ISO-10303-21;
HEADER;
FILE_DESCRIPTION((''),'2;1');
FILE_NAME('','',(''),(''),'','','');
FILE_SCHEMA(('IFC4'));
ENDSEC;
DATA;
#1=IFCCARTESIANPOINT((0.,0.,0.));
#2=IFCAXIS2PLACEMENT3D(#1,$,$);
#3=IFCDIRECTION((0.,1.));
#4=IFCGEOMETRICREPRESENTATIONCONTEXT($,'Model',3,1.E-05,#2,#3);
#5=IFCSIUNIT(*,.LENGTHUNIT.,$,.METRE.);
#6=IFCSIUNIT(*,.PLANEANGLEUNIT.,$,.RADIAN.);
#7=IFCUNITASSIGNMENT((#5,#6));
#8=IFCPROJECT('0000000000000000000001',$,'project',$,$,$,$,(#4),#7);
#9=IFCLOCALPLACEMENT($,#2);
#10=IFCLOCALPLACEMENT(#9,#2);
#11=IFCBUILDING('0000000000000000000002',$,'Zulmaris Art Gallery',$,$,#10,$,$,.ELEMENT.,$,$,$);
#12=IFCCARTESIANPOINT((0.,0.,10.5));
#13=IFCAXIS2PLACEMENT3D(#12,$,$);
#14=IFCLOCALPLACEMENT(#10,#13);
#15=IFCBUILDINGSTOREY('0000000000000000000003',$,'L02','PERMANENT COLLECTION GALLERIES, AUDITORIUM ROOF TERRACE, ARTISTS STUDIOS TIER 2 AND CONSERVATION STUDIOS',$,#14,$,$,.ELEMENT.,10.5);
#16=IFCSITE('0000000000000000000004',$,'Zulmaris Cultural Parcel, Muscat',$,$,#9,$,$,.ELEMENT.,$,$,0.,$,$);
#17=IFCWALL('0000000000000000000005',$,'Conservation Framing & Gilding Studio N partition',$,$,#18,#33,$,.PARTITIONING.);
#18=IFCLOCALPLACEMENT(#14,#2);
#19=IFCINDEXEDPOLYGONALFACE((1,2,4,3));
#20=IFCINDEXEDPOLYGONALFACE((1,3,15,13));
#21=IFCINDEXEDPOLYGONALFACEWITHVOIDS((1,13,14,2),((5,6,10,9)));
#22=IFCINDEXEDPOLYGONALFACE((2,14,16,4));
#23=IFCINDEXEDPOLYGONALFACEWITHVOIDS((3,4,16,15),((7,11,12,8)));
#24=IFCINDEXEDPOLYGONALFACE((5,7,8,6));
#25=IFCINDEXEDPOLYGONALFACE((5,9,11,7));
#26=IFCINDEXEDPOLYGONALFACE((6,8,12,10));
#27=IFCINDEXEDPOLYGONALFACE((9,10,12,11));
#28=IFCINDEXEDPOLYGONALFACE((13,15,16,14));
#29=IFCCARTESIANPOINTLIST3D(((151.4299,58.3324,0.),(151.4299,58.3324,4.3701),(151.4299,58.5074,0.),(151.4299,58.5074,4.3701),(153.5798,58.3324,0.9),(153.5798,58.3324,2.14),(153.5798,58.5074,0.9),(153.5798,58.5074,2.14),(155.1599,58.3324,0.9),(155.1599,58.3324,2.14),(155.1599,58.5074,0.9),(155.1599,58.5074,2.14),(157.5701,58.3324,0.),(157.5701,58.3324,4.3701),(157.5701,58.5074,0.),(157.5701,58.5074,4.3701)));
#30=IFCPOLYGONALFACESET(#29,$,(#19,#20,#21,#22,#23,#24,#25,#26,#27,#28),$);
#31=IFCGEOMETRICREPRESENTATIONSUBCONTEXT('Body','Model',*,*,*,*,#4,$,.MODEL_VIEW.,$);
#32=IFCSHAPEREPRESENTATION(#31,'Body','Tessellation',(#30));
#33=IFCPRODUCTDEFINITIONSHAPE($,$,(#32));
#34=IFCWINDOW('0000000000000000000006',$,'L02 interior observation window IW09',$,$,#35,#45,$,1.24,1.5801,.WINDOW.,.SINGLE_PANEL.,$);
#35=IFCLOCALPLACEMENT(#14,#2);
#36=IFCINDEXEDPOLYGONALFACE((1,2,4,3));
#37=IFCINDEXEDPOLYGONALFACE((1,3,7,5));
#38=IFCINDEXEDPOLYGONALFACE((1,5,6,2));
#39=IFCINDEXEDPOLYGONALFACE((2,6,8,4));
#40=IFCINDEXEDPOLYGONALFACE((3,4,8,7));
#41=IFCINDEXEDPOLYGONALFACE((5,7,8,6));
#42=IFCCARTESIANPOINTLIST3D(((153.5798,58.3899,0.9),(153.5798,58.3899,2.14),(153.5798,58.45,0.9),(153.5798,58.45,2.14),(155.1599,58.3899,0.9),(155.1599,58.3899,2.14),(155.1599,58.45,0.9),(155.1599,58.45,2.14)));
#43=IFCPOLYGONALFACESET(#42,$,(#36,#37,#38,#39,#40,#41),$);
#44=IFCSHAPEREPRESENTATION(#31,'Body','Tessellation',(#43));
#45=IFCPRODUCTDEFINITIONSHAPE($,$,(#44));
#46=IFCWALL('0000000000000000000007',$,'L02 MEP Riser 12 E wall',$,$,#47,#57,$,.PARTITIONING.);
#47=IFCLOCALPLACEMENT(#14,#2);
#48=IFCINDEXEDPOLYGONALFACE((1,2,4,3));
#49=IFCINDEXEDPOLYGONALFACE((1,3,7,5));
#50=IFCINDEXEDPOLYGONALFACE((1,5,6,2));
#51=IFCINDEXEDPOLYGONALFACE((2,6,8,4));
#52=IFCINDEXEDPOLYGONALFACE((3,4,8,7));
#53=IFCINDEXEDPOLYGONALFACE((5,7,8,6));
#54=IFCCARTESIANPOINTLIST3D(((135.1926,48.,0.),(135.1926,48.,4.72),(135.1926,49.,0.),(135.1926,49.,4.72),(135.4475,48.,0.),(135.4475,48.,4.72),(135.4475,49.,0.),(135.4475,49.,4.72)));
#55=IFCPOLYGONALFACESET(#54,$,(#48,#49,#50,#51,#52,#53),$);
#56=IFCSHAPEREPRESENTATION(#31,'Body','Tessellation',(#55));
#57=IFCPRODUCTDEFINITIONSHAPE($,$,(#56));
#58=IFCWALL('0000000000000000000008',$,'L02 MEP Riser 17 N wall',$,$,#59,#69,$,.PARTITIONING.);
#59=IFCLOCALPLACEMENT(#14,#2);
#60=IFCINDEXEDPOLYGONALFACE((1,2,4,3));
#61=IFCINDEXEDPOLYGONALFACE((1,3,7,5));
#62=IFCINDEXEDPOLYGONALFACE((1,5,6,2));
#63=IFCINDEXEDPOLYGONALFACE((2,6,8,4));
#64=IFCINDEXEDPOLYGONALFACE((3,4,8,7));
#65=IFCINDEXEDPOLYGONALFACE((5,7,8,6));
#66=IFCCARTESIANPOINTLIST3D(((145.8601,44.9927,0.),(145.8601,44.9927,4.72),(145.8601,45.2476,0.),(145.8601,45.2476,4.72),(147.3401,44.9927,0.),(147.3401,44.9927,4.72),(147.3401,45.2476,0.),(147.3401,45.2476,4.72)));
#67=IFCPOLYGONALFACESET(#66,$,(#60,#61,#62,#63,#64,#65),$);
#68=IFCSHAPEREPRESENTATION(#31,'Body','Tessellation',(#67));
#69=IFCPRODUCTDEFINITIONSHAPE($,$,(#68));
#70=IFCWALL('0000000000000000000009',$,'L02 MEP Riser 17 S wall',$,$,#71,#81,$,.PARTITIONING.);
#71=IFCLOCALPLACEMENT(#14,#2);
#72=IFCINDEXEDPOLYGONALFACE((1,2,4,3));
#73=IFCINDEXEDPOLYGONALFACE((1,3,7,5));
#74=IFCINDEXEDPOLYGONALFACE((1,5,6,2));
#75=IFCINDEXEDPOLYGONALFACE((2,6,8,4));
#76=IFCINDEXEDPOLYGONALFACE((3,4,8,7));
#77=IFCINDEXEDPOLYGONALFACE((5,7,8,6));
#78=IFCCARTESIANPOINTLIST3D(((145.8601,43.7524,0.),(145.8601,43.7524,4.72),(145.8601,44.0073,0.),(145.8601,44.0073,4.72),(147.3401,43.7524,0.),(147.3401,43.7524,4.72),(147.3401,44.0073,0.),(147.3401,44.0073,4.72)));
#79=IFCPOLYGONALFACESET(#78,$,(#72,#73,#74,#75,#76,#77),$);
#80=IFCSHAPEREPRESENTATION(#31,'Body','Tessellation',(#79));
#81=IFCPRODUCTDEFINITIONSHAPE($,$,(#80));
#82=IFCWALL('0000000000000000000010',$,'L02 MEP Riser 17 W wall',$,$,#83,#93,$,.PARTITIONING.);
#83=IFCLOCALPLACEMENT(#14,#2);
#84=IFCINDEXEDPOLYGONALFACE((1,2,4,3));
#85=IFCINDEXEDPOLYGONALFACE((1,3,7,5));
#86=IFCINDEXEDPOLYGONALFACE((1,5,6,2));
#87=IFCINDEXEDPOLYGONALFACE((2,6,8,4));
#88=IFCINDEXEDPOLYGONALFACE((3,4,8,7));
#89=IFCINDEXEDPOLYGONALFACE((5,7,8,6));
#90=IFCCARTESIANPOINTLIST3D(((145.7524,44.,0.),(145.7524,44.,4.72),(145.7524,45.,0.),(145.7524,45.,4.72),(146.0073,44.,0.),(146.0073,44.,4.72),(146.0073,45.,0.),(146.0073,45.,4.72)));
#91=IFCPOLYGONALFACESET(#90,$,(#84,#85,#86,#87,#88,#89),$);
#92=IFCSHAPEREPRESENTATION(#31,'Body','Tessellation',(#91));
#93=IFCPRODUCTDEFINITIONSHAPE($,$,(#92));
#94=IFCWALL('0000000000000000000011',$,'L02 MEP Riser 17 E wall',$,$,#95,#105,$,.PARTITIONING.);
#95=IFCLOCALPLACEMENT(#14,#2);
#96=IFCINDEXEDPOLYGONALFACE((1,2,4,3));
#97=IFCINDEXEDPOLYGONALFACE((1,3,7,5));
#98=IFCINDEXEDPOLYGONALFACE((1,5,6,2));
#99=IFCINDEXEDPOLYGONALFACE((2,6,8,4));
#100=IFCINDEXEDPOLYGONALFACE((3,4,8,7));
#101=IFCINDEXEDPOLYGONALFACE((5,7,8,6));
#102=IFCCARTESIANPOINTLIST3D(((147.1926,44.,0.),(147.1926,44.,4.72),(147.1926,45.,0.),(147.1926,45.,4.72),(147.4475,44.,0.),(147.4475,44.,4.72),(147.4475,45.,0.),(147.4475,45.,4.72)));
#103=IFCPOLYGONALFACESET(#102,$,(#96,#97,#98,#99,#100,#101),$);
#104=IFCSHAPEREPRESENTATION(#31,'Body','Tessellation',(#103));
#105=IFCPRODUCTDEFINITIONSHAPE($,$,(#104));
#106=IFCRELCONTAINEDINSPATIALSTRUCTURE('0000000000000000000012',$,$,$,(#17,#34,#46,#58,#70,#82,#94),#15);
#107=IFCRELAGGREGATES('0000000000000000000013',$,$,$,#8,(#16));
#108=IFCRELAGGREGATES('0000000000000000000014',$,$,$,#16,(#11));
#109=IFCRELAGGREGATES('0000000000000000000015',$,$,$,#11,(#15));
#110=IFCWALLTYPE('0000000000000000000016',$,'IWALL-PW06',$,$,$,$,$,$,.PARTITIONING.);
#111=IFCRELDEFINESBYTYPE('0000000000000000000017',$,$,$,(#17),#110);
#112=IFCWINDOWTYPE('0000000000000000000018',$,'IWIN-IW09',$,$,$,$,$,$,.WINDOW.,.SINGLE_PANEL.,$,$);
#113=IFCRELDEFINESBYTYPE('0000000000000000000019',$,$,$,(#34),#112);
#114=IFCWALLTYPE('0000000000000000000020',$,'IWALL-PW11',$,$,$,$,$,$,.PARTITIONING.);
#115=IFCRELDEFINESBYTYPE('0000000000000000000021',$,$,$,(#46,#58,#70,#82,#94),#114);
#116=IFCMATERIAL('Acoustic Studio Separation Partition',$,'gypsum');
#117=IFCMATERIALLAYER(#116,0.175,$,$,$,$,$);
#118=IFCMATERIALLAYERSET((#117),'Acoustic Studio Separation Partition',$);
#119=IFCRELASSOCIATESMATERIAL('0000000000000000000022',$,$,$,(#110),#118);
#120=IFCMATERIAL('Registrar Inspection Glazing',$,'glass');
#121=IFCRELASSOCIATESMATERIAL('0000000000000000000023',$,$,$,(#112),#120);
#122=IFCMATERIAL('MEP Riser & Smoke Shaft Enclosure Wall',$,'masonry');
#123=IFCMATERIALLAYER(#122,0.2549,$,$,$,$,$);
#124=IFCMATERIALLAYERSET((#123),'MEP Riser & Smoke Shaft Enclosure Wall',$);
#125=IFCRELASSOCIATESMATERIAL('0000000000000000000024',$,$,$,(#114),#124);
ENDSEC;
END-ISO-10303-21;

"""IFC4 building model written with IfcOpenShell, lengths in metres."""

from ifc_helpers import new_model, si_unit, direction, frame, frame_2d, origin, place, context, subcontext, project, spatial, rectangle, extrude, material, layer, layer_set, type_object, element, fill, save


model = new_model("IFC4")

# Units and contexts
model_context = context("Model", 3, precision=1e-05, world=origin(), true_north=direction((0.0, 1.0)))
body_context = subcontext(model_context, "Body", "Model", "MODEL_VIEW")
ifc_project = project(units=[si_unit("LENGTHUNIT", "METRE"), si_unit("PLANEANGLEUNIT", "RADIAN")], contexts=[model_context])

# Site, building, storey
site_placement = place(None, origin())
site = spatial("IfcSite", under=ifc_project, at=site_placement, Name="Zulmaris Cultural Parcel, Muscat", CompositionType="ELEMENT", RefElevation=0.0)
building_placement = place(site_placement, origin())
building = spatial("IfcBuilding", under=site, at=building_placement, Name="Zulmaris Art Gallery", CompositionType="ELEMENT")
storey_placement = place(building_placement, frame((0.0, 0.0, 10.5)))
storey = spatial("IfcBuildingStorey", under=building, at=storey_placement, Name="L02", Description="PERMANENT COLLECTION GALLERIES, AUDITORIUM ROOF TERRACE, ARTISTS STUDIOS TIER 2 AND CONSERVATION STUDIOS", CompositionType="ELEMENT", Elevation=10.5)

# Wall, opening, window
ifc_material_1 = material(Name="Acoustic Studio Separation Partition", Category="gypsum")
ifc_layer_1 = layer(ifc_material_1, 0.175)
ifc_layer_set_1 = layer_set([ifc_layer_1], Name="Acoustic Studio Separation Partition")
wall_type_1 = type_object("IfcWallType", Name="IWALL-PW06", PredefinedType="PARTITIONING", material=ifc_layer_set_1)
wall_1_placement = place(storey_placement, frame((151.4299, 58.4199, 0.0), z_axis=(0.0, 0.0, 1.0), x_axis=(1.0, 0.0, 0.0)))
wall_1 = element("IfcWall", 1, at=wall_1_placement, inside=storey, type_object=wall_type_1, Name="Conservation Framing & Gilding Studio N partition", PredefinedType="PARTITIONING", context=body_context, shape_type="SweptSolid", body=[
    extrude(rectangle(XDim=6.1401, YDim=0.175, at=frame_2d((3.0701, 0.0))), origin(), (0.0, 0.0, 1.0), 4.3701),
])
opening_placement = place(wall_1_placement, frame((2.1499, 0.0, 0.8999)))
opening = element("IfcOpeningElement", 2, at=opening_placement, cuts=wall_1, PredefinedType="OPENING", context=body_context, shape_type="SweptSolid", body=[
    extrude(rectangle(XDim=1.5801, YDim=1.24, at=frame_2d((0.79, 0.6201))), frame((0.0, 0.0974, 0.0), z_axis=(0.0, -1.0, 0.0), x_axis=(1.0, 0.0, 0.0)), (0.0, 0.0, 1.0), 0.1951),
])
ifc_material_2 = material(Name="Registrar Inspection Glazing", Category="glass")
window_type = type_object("IfcWindowType", Name="IWIN-IW09", PartitioningType="SINGLE_PANEL", PredefinedType="WINDOW", material=ifc_material_2)
window_placement = place(opening_placement, origin())
window = element("IfcWindow", 3, at=window_placement, inside=storey, type_object=window_type, Name="L02 interior observation window IW09", OverallHeight=1.24, OverallWidth=1.5801, PartitioningType="SINGLE_PANEL", PredefinedType="WINDOW", context=body_context, shape_type="SweptSolid", body=[
    extrude(rectangle(XDim=1.5801, YDim=1.24, at=frame_2d((0.79, 0.6201))), frame((0.0, 0.03, 0.0), z_axis=(0.0, -1.0, 0.0), x_axis=(1.0, 0.0, 0.0)), (0.0, 0.0, 1.0), 0.0601),
])
fill(opening, window)

# Walls
ifc_material_3 = material(Name="MEP Riser & Smoke Shaft Enclosure Wall", Category="masonry")
ifc_layer_2 = layer(ifc_material_3, 0.2549)
ifc_layer_set_2 = layer_set([ifc_layer_2], Name="MEP Riser & Smoke Shaft Enclosure Wall")
wall_type_2 = type_object("IfcWallType", Name="IWALL-PW11", PredefinedType="PARTITIONING", material=ifc_layer_set_2)
wall_2_placement = place(storey_placement, frame((135.3201, 48.0, 0.0), z_axis=(0.0, 0.0, 1.0), x_axis=(0.0, 1.0, 0.0)))
element("IfcWall", 4, at=wall_2_placement, inside=storey, type_object=wall_type_2, Name="L02 MEP Riser 12 E wall", PredefinedType="PARTITIONING", context=body_context, shape_type="SweptSolid", body=[
    extrude(rectangle(XDim=1.0, YDim=0.2549, at=frame_2d((0.5, 0.0))), origin(), (0.0, 0.0, 1.0), 4.72),
])
for number, where, z_axis, x_axis, name in (
    (5, (145.8601, 45.1201, 0.0), (0.0, 0.0, 1.0), (1.0, 0.0, 0.0), "L02 MEP Riser 17 N wall"),
    (6, (145.8601, 43.8799, 0.0), (0.0, 0.0, 1.0), (1.0, 0.0, 0.0), "L02 MEP Riser 17 S wall"),
):
    element("IfcWall", number, at=place(storey_placement, frame(where, z_axis=z_axis, x_axis=x_axis)), inside=storey, type_object=wall_type_2, Name=name, PredefinedType="PARTITIONING", context=body_context, shape_type="SweptSolid", body=[
        extrude(rectangle(XDim=1.48, YDim=0.2549, at=frame_2d((0.74, 0.0))), origin(), (0.0, 0.0, 1.0), 4.72),
    ])
for number, where, z_axis, x_axis, name in (
    (7, (145.8799, 44.0, 0.0), (0.0, 0.0, 1.0), (0.0, 1.0, 0.0), "L02 MEP Riser 17 W wall"),
    (8, (147.3201, 44.0, 0.0), (0.0, 0.0, 1.0), (0.0, 1.0, 0.0), "L02 MEP Riser 17 E wall"),
):
    element("IfcWall", number, at=place(storey_placement, frame(where, z_axis=z_axis, x_axis=x_axis)), inside=storey, type_object=wall_type_2, Name=name, PredefinedType="PARTITIONING", context=body_context, shape_type="SweptSolid", body=[
        extrude(rectangle(XDim=1.0, YDim=0.2549, at=frame_2d((0.5, 0.0))), origin(), (0.0, 0.0, 1.0), 4.72),
    ])

save(model, "model.ifc")
